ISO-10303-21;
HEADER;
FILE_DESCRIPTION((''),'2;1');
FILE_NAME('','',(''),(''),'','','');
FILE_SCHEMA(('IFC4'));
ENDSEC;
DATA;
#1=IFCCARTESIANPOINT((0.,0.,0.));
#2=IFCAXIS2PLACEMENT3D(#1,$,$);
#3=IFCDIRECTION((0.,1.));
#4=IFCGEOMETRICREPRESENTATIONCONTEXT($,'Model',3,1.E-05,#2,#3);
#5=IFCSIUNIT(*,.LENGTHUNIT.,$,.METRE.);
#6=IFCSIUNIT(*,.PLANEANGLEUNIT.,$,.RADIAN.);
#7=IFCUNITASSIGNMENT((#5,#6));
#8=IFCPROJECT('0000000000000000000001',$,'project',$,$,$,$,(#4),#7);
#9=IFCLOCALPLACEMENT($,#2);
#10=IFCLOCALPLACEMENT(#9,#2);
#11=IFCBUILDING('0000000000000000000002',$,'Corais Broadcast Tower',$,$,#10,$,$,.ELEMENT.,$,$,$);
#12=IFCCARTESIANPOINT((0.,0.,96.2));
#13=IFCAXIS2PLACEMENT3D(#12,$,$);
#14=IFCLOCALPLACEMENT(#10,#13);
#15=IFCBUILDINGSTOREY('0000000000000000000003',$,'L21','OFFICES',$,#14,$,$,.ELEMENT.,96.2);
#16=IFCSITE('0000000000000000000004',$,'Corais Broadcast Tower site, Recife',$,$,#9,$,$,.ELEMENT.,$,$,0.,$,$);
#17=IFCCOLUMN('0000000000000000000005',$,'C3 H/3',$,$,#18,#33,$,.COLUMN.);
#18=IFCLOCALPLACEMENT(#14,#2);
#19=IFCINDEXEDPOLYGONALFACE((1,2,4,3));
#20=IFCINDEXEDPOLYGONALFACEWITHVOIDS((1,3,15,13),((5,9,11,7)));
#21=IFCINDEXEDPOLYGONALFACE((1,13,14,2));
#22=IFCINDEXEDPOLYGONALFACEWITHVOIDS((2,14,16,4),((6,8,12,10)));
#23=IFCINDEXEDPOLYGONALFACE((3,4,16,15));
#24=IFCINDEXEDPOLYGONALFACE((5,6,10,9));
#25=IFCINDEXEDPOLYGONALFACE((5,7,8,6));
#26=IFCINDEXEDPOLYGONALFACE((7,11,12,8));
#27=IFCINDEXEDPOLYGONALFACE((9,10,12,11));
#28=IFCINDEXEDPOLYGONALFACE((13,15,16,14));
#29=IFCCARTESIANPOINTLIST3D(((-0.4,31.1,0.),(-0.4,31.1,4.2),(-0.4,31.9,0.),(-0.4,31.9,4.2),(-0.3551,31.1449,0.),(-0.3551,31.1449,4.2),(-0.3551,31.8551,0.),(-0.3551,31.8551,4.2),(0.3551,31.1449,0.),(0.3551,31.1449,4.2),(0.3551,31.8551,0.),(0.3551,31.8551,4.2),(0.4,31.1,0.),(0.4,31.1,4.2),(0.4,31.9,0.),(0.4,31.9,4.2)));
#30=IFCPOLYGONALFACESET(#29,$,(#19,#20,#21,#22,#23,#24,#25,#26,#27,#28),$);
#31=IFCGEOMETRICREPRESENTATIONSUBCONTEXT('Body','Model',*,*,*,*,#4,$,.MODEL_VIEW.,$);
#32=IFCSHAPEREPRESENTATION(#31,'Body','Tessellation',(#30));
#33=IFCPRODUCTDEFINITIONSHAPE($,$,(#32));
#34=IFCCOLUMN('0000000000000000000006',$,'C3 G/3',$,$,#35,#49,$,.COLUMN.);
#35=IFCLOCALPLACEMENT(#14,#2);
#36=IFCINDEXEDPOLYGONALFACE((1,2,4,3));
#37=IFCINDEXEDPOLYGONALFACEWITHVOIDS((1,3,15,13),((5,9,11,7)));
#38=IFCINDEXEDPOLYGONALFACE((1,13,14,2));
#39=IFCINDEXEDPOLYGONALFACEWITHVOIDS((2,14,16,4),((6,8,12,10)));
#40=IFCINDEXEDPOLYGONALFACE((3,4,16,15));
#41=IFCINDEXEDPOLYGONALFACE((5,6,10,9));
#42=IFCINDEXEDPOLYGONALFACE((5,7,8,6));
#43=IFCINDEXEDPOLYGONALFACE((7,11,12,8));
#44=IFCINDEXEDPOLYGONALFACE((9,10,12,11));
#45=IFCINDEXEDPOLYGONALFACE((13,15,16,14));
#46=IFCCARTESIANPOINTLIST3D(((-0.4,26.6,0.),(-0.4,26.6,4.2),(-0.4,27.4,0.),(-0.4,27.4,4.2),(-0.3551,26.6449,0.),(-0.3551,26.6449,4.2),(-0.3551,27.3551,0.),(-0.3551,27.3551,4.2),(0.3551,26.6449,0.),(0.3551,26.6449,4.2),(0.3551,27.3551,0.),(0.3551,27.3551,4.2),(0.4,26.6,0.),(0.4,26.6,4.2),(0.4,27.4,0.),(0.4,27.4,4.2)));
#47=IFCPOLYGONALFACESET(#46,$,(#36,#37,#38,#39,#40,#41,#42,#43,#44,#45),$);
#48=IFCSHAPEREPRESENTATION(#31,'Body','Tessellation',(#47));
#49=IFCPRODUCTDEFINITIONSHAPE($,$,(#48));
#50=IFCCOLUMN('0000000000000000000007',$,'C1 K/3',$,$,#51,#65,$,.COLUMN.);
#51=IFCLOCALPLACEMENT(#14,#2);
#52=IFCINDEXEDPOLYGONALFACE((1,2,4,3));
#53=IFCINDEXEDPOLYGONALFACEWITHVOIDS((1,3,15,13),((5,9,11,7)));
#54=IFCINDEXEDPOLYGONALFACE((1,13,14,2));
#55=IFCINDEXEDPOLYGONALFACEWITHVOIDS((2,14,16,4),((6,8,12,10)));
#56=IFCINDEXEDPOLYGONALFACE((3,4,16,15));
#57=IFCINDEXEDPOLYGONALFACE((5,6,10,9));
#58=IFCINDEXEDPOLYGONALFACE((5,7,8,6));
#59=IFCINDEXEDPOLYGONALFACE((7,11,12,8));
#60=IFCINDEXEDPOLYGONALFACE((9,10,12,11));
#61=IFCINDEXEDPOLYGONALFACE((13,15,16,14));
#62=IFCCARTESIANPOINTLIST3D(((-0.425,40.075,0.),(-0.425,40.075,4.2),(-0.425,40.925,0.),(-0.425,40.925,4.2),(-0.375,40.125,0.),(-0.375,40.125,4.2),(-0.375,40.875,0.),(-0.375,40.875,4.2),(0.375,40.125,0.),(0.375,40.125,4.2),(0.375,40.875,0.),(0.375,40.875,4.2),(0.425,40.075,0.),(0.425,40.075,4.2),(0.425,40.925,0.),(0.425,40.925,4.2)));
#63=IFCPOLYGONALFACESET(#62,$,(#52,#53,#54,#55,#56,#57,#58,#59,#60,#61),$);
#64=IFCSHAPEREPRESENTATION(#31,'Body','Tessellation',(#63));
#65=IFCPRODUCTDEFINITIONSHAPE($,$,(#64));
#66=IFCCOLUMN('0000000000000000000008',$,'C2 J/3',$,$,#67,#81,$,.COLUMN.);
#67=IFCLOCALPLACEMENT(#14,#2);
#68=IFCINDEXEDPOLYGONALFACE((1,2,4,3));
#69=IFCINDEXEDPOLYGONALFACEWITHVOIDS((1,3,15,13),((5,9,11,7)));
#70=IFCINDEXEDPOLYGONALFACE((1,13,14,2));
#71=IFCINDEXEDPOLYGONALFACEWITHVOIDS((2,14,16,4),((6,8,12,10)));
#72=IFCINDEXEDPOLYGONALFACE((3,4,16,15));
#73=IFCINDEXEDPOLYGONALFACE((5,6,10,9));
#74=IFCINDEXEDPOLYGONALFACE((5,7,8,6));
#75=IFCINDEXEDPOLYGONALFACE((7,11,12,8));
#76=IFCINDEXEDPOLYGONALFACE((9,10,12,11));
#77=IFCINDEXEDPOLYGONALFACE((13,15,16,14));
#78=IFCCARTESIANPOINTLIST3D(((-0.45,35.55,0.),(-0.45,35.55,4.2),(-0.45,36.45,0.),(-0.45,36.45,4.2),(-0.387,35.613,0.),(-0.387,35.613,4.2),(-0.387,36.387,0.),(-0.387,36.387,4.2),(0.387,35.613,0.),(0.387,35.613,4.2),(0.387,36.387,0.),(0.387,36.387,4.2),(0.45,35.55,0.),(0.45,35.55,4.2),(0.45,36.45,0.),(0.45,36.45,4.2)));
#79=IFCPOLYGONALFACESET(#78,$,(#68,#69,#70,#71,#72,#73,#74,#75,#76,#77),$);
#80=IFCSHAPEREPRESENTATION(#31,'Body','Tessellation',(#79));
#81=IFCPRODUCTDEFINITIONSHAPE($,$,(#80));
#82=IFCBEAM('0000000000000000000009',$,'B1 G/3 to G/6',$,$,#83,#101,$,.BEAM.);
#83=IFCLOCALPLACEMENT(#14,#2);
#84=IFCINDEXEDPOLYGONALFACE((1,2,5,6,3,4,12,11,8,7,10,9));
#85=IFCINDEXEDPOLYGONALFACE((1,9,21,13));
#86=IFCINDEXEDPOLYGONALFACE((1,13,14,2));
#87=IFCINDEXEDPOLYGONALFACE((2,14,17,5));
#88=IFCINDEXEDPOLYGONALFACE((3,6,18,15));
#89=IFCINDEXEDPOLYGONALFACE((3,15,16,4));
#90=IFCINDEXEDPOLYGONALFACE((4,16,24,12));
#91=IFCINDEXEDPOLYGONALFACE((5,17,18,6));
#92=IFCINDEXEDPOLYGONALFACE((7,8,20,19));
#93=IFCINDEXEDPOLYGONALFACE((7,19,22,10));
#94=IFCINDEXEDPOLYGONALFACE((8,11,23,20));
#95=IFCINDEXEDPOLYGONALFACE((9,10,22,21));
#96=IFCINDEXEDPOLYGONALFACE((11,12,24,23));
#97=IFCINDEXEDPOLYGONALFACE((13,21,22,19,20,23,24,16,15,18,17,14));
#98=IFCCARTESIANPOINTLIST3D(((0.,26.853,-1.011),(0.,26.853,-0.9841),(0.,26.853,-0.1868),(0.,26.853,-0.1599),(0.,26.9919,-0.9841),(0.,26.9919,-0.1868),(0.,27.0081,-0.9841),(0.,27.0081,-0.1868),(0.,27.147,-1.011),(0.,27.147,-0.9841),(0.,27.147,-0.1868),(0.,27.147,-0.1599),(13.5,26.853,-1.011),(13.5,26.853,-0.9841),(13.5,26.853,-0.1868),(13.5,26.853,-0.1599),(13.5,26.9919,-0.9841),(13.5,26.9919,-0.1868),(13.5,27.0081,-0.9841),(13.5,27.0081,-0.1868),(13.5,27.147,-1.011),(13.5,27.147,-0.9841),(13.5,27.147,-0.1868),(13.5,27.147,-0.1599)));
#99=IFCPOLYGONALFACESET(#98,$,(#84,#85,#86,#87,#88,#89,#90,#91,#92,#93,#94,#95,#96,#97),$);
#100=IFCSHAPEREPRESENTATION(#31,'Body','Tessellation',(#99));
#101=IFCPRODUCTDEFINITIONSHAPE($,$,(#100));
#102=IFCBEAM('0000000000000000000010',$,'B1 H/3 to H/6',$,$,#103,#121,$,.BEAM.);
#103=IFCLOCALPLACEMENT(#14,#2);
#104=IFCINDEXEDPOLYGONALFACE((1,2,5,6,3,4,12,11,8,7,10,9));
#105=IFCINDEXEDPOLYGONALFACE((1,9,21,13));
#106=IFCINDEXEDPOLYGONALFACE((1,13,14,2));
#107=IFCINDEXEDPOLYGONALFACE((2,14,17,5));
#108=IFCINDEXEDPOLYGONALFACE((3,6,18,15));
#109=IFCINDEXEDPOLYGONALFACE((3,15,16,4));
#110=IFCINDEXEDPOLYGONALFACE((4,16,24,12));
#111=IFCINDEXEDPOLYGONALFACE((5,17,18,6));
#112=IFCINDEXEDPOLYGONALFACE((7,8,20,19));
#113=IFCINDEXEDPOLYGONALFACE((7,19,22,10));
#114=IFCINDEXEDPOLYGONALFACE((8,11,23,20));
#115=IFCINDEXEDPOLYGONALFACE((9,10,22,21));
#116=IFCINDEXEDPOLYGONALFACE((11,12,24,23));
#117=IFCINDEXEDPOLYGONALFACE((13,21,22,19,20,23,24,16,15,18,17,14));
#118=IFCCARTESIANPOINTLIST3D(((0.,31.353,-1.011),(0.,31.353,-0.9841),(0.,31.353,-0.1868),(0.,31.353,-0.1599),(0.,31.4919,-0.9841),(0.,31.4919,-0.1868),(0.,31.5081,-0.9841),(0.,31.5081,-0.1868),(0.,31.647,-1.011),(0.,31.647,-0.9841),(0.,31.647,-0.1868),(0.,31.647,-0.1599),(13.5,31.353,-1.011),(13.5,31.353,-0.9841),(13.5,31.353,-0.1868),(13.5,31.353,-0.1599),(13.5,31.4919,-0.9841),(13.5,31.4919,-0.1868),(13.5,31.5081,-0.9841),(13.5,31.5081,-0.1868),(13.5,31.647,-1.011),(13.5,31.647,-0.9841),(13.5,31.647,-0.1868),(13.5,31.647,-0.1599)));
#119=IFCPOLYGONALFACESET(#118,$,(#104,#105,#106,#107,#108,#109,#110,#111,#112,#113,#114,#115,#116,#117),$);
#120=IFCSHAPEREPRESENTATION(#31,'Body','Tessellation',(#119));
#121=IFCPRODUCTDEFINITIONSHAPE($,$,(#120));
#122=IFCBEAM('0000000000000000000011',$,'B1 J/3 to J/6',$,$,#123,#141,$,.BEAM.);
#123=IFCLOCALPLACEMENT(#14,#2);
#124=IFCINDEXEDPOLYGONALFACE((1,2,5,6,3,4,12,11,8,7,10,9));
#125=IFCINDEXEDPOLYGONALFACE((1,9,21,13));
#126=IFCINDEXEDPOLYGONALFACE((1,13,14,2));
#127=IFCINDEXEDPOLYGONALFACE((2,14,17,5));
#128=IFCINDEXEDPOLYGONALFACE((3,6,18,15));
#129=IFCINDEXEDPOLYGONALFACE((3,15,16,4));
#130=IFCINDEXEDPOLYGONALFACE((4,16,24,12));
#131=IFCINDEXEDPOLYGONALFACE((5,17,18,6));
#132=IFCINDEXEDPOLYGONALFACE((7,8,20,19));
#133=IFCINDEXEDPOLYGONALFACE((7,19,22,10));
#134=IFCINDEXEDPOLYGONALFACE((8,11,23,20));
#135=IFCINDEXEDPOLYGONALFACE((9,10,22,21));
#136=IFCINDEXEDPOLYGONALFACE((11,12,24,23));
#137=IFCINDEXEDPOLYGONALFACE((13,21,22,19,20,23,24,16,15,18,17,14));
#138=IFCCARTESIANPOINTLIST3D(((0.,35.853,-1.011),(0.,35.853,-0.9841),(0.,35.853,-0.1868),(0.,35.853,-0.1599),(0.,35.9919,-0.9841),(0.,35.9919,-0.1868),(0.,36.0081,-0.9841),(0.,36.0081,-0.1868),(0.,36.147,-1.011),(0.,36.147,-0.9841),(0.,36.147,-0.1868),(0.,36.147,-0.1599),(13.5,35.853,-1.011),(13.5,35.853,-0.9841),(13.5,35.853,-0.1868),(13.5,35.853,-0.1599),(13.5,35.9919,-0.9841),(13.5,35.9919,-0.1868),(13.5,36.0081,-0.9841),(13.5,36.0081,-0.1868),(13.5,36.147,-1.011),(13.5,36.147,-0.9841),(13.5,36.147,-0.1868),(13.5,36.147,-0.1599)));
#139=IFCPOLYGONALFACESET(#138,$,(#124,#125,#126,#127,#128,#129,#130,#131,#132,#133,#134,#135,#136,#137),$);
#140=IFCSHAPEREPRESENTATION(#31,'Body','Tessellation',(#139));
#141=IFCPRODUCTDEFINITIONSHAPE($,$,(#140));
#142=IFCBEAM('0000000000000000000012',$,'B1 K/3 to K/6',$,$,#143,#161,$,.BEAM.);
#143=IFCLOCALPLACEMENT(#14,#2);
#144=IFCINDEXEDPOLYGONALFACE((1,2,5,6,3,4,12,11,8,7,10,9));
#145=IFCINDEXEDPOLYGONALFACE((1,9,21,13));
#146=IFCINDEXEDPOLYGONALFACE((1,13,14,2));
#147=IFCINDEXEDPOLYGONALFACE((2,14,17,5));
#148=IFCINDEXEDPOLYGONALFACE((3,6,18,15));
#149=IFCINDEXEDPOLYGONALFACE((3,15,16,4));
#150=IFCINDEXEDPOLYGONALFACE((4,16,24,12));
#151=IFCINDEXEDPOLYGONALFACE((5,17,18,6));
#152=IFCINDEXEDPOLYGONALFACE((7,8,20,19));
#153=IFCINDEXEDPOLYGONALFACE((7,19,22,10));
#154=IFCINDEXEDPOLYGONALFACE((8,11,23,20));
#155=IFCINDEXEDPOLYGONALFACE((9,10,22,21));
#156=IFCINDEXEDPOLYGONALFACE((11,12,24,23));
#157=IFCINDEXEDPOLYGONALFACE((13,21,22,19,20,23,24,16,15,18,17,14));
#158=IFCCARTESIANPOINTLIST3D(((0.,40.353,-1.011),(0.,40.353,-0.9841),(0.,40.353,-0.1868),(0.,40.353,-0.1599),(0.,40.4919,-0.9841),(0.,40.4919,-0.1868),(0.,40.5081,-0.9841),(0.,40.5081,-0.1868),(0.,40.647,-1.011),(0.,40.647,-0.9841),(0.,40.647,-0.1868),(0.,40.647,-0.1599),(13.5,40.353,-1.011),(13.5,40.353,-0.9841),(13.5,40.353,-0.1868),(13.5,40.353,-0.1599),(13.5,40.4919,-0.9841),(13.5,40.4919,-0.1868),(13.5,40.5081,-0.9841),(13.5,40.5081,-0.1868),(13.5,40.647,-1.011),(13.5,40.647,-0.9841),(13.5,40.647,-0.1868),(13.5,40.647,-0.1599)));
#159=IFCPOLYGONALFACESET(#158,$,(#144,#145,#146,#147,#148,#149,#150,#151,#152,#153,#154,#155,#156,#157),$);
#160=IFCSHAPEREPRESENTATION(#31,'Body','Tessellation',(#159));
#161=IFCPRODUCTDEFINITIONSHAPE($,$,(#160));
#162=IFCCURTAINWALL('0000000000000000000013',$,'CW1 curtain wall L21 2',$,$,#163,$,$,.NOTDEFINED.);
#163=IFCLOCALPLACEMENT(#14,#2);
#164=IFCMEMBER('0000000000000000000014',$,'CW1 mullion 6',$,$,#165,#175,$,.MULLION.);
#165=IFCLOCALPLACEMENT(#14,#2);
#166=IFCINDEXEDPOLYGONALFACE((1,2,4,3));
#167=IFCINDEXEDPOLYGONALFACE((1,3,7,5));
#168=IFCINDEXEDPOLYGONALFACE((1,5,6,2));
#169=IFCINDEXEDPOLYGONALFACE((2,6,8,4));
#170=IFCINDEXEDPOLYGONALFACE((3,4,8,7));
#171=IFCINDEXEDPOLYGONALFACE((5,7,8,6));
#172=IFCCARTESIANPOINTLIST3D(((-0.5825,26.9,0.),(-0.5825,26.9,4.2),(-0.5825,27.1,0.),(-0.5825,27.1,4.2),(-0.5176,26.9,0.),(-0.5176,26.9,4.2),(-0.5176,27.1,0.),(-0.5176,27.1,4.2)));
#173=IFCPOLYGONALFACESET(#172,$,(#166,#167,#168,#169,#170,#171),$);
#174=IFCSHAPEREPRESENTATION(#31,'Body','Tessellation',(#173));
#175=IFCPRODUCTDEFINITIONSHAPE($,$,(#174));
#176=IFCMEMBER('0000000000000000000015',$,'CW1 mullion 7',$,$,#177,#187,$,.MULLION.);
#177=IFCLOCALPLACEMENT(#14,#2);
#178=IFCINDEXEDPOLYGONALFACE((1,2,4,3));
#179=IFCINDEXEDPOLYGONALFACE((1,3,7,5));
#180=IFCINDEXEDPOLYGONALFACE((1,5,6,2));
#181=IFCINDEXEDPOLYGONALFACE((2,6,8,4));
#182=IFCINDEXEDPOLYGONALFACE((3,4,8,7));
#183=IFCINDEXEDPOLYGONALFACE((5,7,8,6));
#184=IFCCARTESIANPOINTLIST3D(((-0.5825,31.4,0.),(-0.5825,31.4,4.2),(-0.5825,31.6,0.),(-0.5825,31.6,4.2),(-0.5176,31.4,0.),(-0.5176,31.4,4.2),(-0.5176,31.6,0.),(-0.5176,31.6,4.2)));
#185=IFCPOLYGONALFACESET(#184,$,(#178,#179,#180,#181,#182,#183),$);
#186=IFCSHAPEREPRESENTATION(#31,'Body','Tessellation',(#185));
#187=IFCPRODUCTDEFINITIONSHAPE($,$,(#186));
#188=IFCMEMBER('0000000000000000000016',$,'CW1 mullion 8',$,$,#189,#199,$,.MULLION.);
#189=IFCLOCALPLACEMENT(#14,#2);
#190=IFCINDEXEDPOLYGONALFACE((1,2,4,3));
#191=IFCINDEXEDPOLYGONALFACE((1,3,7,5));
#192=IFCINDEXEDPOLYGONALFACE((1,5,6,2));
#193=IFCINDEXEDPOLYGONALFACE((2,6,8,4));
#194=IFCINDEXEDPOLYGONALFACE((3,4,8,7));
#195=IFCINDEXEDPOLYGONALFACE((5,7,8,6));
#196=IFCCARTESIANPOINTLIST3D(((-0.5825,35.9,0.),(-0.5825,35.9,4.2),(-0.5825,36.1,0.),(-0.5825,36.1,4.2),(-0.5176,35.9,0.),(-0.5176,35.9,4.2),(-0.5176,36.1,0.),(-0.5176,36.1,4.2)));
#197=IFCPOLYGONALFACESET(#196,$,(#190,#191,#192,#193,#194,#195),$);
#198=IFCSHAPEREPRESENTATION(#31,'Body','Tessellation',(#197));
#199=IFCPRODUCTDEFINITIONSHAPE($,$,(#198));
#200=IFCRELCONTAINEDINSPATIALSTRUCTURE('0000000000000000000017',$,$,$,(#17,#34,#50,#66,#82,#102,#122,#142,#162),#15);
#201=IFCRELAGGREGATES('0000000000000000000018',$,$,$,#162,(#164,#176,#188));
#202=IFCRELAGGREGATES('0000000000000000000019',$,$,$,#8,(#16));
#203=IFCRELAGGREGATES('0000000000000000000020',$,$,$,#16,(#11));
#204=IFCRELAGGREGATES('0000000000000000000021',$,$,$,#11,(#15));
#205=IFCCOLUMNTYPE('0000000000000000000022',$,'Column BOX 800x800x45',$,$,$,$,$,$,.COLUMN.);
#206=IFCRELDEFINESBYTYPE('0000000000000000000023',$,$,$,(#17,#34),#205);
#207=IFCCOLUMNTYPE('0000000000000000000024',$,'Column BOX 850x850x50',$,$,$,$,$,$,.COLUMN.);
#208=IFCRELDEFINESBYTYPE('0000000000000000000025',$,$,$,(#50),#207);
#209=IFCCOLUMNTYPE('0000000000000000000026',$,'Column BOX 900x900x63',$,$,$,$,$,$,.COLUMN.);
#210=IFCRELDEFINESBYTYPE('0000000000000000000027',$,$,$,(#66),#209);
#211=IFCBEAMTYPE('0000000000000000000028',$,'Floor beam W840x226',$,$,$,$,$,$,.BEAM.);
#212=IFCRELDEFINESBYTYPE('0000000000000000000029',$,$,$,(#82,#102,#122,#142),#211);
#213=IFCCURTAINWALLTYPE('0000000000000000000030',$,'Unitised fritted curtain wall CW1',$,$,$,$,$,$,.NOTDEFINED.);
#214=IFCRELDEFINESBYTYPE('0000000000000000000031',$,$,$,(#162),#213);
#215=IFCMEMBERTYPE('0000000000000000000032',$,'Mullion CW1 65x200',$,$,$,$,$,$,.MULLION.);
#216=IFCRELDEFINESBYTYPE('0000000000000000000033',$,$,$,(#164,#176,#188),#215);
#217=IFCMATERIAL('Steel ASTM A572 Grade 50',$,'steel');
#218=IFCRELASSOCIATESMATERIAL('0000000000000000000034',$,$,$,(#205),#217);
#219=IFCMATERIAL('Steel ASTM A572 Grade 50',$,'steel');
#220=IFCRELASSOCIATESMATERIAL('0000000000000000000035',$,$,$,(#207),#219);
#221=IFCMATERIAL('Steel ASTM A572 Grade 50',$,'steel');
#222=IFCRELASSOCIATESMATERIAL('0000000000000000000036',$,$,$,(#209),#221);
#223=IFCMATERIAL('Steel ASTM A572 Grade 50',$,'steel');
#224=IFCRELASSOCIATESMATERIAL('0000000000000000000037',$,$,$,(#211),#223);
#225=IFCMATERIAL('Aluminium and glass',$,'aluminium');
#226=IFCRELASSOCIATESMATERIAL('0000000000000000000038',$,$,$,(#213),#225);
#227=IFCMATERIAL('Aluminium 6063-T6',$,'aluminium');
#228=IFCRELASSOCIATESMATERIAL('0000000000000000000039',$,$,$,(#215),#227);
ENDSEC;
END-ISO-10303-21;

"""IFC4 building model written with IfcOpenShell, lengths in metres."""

from ifc_helpers import new_model, si_unit, direction, frame, origin, origin_2d, place, context, subcontext, project, spatial, rectangle, hollow_rectangle, i_section, extrude, material, material_profile, profile_set, type_object, element, aggregate, save


model = new_model("IFC4")

# Units and contexts
model_context = context("Model", 3, precision=1e-05, world=origin(), true_north=direction((0.0, 1.0)))
body_context = subcontext(model_context, "Body", "Model", "MODEL_VIEW")
ifc_project = project(units=[si_unit("LENGTHUNIT", "METRE"), si_unit("PLANEANGLEUNIT", "RADIAN")], contexts=[model_context])

# Site, building, storey
site_placement = place(None, origin())
site = spatial("IfcSite", under=ifc_project, at=site_placement, Name="Corais Broadcast Tower site, Recife", CompositionType="ELEMENT", RefElevation=0.0)
building_placement = place(site_placement, origin())
building = spatial("IfcBuilding", under=site, at=building_placement, Name="Corais Broadcast Tower", CompositionType="ELEMENT")
storey_placement = place(building_placement, frame((0.0, 0.0, 96.2)))
storey = spatial("IfcBuildingStorey", under=building, at=storey_placement, Name="L21", Description="OFFICES", CompositionType="ELEMENT", Elevation=96.2)

# Columns
ifc_material_1 = material(Name="Steel ASTM A572 Grade 50", Category="steel")
ifc_material_profile_1 = material_profile(ifc_material_1, hollow_rectangle(XDim=0.8, YDim=0.8, WallThickness=0.0449, at=origin_2d()), Name="BOX 800x800x45")
ifc_profile_set_1 = profile_set([ifc_material_profile_1], Name="Steel ASTM A572 Grade 50")
column_type_1 = type_object("IfcColumnType", Name="Column BOX 800x800x45", PredefinedType="COLUMN", material=ifc_profile_set_1)
for number, where, z_axis, x_axis, name in (
    (1, (0.0, 31.5, 0.0), (0.0, 0.0, 1.0), (1.0, 0.0, 0.0), "C3 H/3"),
    (2, (0.0, 27.0, 0.0), (0.0, 0.0, 1.0), (1.0, 0.0, 0.0), "C3 G/3"),
):
    element("IfcColumn", number, at=place(storey_placement, frame(where, z_axis=z_axis, x_axis=x_axis)), inside=storey, type_object=column_type_1, Name=name, PredefinedType="COLUMN", context=body_context, shape_type="SweptSolid", body=[
        extrude(hollow_rectangle(XDim=0.8, YDim=0.8, WallThickness=0.0449, at=origin_2d()), origin(), (0.0, 0.0, 1.0), 4.2),
    ])
ifc_material_2 = material(Name="Steel ASTM A572 Grade 50", Category="steel")
ifc_material_profile_2 = material_profile(ifc_material_2, hollow_rectangle(XDim=0.8501, YDim=0.8501, WallThickness=0.05, at=origin_2d()), Name="BOX 850x850x50")
ifc_profile_set_2 = profile_set([ifc_material_profile_2], Name="Steel ASTM A572 Grade 50")
column_type_2 = type_object("IfcColumnType", Name="Column BOX 850x850x50", PredefinedType="COLUMN", material=ifc_profile_set_2)
column_1_placement = place(storey_placement, frame((0.0, 40.5, 0.0), z_axis=(0.0, 0.0, 1.0), x_axis=(1.0, 0.0, 0.0)))
element("IfcColumn", 3, at=column_1_placement, inside=storey, type_object=column_type_2, Name="C1 K/3", PredefinedType="COLUMN", context=body_context, shape_type="SweptSolid", body=[
    extrude(hollow_rectangle(XDim=0.8501, YDim=0.8501, WallThickness=0.05, at=origin_2d()), origin(), (0.0, 0.0, 1.0), 4.2),
])
ifc_material_3 = material(Name="Steel ASTM A572 Grade 50", Category="steel")
ifc_material_profile_3 = material_profile(ifc_material_3, hollow_rectangle(XDim=0.8999, YDim=0.8999, WallThickness=0.063, at=origin_2d()), Name="BOX 900x900x63")
ifc_profile_set_3 = profile_set([ifc_material_profile_3], Name="Steel ASTM A572 Grade 50")
column_type_3 = type_object("IfcColumnType", Name="Column BOX 900x900x63", PredefinedType="COLUMN", material=ifc_profile_set_3)
column_2_placement = place(storey_placement, frame((0.0, 36.0, 0.0), z_axis=(0.0, 0.0, 1.0), x_axis=(1.0, 0.0, 0.0)))
element("IfcColumn", 4, at=column_2_placement, inside=storey, type_object=column_type_3, Name="C2 J/3", PredefinedType="COLUMN", context=body_context, shape_type="SweptSolid", body=[
    extrude(hollow_rectangle(XDim=0.8999, YDim=0.8999, WallThickness=0.063, at=origin_2d()), origin(), (0.0, 0.0, 1.0), 4.2),
])

# Beams
ifc_material_4 = material(Name="Steel ASTM A572 Grade 50", Category="steel")
ifc_material_profile_4 = material_profile(ifc_material_4, i_section(OverallWidth=0.2939, OverallDepth=0.8511, WebThickness=0.0161, FlangeThickness=0.0269, at=origin_2d()), Name="W840x226")
ifc_profile_set_4 = profile_set([ifc_material_profile_4], Name="Steel ASTM A572 Grade 50")
beam_type_1 = type_object("IfcBeamType", Name="Floor beam W840x226", PredefinedType="BEAM", material=ifc_profile_set_4)
for number, where, z_axis, x_axis, name in (
    (5, (0.0, 27.0, -0.5854), (1.0, 0.0, 0.0), (0.0, 1.0, 0.0), "B1 G/3 to G/6"),
    (6, (0.0, 31.5, -0.5854), (1.0, 0.0, 0.0), (0.0, 1.0, 0.0), "B1 H/3 to H/6"),
    (7, (0.0, 36.0, -0.5854), (1.0, 0.0, 0.0), (0.0, 1.0, 0.0), "B1 J/3 to J/6"),
    (8, (0.0, 40.5, -0.5854), (1.0, 0.0, 0.0), (0.0, 1.0, 0.0), "B1 K/3 to K/6"),
):
    element("IfcBeam", number, at=place(storey_placement, frame(where, z_axis=z_axis, x_axis=x_axis)), inside=storey, type_object=beam_type_1, Name=name, PredefinedType="BEAM", context=body_context, shape_type="SweptSolid", body=[
        extrude(i_section(OverallWidth=0.2939, OverallDepth=0.8511, WebThickness=0.0161, FlangeThickness=0.0269, at=origin_2d()), origin(), (0.0, 0.0, 1.0), 13.5),
    ])

# Curtain wall, members
ifc_material_5 = material(Name="Aluminium and glass", Category="aluminium")
curtain_wall_type = type_object("IfcCurtainWallType", Name="Unitised fritted curtain wall CW1", PredefinedType="NOTDEFINED", material=ifc_material_5)
curtain_wall_placement = place(storey_placement, origin())
curtain_wall = element("IfcCurtainWall", 9, at=curtain_wall_placement, inside=storey, type_object=curtain_wall_type, Name="CW1 curtain wall L21 2", PredefinedType="NOTDEFINED")
ifc_material_6 = material(Name="Aluminium 6063-T6", Category="aluminium")
ifc_material_profile_5 = material_profile(ifc_material_6, rectangle(XDim=0.0649, YDim=0.2, at=origin_2d()), Name="Mullion CW1 65x200")
ifc_profile_set_5 = profile_set([ifc_material_profile_5], Name="Aluminium 6063-T6")
member_type_1 = type_object("IfcMemberType", Name="Mullion CW1 65x200", PredefinedType="MULLION", material=ifc_profile_set_5)
member_1_placement = place(storey_placement, frame((-0.55, 27.0, 0.0), z_axis=(0.0, 0.0, 1.0), x_axis=(-1.0, 0.0, 0.0)))
member_1 = element("IfcMember", 10, at=member_1_placement, type_object=member_type_1, Name="CW1 mullion 6", PredefinedType="MULLION", context=body_context, shape_type="SweptSolid", body=[
    extrude(rectangle(XDim=0.0649, YDim=0.2, at=origin_2d()), origin(), (0.0, 0.0, 1.0), 4.2),
])
member_2_placement = place(storey_placement, frame((-0.55, 31.5, 0.0), z_axis=(0.0, 0.0, 1.0), x_axis=(-1.0, 0.0, 0.0)))
member_2 = element("IfcMember", 11, at=member_2_placement, type_object=member_type_1, Name="CW1 mullion 7", PredefinedType="MULLION", context=body_context, shape_type="SweptSolid", body=[
    extrude(rectangle(XDim=0.0649, YDim=0.2, at=origin_2d()), origin(), (0.0, 0.0, 1.0), 4.2),
])
member_3_placement = place(storey_placement, frame((-0.55, 36.0, 0.0), z_axis=(0.0, 0.0, 1.0), x_axis=(-1.0, 0.0, 0.0)))
member_3 = element("IfcMember", 12, at=member_3_placement, type_object=member_type_1, Name="CW1 mullion 8", PredefinedType="MULLION", context=body_context, shape_type="SweptSolid", body=[
    extrude(rectangle(XDim=0.0649, YDim=0.2, at=origin_2d()), origin(), (0.0, 0.0, 1.0), 4.2),
])

aggregate(curtain_wall, [member_1, member_2, member_3])

save(model, "model.ifc")
